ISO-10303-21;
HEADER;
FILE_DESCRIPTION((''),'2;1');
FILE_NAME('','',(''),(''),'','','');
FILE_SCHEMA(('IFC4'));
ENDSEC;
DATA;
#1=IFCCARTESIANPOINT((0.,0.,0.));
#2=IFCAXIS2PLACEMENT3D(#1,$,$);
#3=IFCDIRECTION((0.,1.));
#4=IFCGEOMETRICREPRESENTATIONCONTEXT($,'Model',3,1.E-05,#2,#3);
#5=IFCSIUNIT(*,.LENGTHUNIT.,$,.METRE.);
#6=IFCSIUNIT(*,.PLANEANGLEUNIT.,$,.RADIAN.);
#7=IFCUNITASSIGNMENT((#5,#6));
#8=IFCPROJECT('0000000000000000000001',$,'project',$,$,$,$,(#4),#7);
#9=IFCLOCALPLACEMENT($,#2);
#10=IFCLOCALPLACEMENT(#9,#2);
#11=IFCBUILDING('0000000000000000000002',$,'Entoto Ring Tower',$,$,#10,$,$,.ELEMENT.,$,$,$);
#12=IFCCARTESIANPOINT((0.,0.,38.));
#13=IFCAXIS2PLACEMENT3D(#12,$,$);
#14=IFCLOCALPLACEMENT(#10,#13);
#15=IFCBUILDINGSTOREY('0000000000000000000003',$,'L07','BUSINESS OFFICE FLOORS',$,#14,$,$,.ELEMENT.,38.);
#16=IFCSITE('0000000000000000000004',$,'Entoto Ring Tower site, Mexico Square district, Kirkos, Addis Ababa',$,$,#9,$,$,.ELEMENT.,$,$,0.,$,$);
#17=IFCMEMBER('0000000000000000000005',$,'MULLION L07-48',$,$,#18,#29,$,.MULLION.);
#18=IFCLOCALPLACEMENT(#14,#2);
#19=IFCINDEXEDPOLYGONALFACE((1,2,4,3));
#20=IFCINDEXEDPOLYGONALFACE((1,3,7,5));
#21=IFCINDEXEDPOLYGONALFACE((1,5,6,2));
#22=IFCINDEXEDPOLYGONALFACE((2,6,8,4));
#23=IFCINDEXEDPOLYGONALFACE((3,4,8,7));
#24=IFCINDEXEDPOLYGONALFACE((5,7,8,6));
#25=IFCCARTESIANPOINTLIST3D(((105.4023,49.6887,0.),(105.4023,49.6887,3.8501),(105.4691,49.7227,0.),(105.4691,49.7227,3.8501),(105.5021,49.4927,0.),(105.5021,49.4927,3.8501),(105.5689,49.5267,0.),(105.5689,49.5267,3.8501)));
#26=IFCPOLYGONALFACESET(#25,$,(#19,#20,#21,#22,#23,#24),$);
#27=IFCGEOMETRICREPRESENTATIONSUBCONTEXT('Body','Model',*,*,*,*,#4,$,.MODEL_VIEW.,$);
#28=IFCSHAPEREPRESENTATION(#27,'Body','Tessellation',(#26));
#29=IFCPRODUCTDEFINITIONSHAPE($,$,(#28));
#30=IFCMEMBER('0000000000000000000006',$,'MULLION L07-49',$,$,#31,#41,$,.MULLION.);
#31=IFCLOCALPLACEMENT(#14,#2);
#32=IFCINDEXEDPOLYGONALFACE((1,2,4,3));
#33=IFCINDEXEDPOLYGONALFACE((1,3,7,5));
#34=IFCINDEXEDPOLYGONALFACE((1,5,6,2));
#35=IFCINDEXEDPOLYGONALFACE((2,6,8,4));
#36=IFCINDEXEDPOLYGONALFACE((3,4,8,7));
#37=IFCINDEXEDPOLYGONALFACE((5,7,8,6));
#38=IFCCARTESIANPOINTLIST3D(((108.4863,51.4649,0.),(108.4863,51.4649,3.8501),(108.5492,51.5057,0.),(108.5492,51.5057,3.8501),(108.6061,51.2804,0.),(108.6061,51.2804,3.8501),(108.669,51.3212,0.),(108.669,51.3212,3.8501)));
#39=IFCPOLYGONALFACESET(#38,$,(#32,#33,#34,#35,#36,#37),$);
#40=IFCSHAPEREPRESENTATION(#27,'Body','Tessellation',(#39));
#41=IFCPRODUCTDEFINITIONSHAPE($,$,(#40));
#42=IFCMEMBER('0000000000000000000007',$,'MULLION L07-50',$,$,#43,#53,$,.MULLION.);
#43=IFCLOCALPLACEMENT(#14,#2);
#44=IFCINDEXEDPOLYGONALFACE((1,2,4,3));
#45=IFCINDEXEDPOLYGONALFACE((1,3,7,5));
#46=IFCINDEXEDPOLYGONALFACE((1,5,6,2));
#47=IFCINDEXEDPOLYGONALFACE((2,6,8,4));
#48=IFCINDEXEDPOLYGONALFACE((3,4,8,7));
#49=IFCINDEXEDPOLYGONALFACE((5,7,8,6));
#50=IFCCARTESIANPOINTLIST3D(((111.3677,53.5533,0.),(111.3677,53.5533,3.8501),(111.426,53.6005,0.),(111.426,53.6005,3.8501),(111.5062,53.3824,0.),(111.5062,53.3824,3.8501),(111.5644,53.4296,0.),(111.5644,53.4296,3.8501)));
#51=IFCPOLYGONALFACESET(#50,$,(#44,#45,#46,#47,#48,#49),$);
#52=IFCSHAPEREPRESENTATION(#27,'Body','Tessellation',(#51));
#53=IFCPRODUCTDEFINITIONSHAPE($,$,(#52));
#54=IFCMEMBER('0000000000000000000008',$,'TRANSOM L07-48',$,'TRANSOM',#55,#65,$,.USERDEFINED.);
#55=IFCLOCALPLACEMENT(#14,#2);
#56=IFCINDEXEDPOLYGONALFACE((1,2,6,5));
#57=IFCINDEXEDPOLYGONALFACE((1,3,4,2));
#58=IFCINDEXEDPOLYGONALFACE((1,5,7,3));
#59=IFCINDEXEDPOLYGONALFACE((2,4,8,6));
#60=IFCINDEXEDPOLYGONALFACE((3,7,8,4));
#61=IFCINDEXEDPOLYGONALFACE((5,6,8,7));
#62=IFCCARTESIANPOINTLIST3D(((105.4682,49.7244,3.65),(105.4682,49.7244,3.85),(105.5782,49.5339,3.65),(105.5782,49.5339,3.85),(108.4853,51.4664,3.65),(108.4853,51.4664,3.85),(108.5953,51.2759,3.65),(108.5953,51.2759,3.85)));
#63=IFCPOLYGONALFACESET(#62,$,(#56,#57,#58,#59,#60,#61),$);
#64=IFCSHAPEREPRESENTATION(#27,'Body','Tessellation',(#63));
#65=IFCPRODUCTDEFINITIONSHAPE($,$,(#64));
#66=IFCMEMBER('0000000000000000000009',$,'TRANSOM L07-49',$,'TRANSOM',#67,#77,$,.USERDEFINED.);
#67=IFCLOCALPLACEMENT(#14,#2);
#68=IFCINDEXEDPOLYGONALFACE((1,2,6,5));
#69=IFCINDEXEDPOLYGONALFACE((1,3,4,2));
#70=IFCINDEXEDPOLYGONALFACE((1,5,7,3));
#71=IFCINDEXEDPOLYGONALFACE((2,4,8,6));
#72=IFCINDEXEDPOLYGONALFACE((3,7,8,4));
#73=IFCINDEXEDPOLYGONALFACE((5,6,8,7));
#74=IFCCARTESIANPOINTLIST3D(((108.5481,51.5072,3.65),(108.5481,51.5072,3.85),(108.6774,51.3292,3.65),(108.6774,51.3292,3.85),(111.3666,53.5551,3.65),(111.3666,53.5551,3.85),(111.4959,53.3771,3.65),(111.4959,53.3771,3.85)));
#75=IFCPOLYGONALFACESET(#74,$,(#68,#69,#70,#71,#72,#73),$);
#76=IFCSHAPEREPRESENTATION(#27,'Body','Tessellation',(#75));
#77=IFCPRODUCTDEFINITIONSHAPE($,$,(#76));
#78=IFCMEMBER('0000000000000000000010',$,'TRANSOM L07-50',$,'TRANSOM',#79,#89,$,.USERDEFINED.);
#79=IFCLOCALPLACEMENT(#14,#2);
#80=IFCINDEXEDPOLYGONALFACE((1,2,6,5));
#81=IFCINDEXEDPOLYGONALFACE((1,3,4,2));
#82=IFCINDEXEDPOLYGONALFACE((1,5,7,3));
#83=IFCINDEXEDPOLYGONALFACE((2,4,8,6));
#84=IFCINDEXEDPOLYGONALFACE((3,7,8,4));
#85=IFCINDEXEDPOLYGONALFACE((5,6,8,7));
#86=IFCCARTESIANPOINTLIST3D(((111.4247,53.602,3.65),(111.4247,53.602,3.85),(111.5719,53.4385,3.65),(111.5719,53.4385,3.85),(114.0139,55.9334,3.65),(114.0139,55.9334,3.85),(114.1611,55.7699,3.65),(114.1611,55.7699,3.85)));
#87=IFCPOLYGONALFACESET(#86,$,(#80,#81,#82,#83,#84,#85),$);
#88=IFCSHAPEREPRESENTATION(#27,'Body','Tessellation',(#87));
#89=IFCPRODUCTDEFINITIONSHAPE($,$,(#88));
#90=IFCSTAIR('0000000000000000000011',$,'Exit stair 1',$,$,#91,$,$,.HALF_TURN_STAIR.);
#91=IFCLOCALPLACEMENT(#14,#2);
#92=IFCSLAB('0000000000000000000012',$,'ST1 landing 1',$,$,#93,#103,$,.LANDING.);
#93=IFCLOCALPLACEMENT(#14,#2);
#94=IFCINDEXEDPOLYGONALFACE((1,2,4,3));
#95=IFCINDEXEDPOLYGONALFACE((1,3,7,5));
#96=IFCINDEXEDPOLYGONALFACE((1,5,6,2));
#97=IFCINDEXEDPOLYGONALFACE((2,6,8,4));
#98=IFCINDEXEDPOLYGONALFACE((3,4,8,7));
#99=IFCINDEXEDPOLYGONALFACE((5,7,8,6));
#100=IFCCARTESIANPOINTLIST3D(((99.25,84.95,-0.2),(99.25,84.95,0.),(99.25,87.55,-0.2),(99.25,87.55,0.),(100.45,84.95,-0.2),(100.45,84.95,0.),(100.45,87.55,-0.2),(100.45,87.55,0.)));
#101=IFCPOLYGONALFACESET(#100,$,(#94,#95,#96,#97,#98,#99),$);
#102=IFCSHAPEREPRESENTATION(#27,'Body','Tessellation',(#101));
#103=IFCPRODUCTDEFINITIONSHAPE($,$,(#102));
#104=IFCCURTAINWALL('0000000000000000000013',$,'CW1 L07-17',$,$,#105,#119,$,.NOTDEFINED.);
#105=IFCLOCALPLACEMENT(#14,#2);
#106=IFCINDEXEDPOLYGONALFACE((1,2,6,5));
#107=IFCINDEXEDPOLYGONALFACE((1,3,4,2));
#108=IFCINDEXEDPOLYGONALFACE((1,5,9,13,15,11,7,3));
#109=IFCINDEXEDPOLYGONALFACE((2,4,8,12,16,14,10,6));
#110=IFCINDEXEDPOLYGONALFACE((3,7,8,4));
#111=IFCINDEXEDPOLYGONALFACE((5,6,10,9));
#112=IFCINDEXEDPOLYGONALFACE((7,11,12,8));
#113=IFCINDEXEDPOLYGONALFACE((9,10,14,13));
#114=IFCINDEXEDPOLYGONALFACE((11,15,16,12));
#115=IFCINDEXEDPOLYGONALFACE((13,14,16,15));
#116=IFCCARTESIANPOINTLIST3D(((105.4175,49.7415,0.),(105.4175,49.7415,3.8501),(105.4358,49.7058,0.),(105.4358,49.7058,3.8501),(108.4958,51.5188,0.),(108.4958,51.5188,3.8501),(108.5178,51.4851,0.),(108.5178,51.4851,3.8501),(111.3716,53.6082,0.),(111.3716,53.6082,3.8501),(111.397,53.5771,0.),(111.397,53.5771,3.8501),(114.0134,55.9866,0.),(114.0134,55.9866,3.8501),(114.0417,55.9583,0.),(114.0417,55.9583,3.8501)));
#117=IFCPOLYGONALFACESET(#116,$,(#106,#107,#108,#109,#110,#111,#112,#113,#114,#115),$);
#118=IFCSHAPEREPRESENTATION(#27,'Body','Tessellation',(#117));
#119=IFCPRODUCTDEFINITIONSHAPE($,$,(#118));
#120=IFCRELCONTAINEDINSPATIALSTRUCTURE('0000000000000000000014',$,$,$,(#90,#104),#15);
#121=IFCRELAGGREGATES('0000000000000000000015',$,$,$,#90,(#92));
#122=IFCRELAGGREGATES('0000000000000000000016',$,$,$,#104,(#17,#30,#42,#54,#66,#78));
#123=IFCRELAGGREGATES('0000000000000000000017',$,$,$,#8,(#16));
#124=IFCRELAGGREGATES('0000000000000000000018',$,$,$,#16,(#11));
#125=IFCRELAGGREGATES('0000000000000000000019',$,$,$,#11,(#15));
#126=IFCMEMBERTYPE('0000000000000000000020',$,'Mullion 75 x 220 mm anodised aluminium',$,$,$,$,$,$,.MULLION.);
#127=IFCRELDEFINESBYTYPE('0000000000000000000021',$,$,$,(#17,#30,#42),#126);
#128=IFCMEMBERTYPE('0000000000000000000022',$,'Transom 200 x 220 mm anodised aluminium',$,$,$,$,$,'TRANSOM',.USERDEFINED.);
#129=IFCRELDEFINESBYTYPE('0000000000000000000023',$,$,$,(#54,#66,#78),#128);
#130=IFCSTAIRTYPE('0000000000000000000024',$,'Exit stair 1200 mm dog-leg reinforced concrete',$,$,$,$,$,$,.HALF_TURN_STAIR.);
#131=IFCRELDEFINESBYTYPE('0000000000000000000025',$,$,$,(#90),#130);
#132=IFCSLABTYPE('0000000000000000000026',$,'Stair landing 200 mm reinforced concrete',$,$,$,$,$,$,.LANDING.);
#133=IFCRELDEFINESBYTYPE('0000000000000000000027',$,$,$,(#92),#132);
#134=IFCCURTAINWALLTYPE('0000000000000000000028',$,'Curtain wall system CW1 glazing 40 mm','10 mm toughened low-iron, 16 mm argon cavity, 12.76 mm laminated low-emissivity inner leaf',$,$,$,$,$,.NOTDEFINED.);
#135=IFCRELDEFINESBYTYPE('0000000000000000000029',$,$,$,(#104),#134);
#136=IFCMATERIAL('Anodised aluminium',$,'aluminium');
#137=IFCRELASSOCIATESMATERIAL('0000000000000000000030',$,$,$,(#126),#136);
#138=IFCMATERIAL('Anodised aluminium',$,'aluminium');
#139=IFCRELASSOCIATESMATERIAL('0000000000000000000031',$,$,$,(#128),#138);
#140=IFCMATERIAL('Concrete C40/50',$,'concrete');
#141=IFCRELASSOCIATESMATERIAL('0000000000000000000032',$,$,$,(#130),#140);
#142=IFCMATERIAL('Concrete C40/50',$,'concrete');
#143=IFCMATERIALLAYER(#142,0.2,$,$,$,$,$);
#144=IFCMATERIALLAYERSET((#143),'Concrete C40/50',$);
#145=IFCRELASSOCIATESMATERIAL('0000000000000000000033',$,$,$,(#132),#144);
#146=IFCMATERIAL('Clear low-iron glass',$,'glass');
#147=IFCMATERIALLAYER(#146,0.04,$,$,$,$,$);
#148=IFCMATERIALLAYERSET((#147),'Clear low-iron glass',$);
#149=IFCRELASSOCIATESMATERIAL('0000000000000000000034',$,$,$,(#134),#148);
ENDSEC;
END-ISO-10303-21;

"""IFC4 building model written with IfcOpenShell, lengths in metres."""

from ifc_helpers import new_model, si_unit, direction, frame, origin, origin_2d, place, context, subcontext, project, spatial, polyline, rectangle, outline, extrude, material, layer, layer_set, material_profile, profile_set, type_object, element, aggregate, save


model = new_model("IFC4")

# Units and contexts
model_context = context("Model", 3, precision=1e-05, world=origin(), true_north=direction((0.0, 1.0)))
body_context = subcontext(model_context, "Body", "Model", "MODEL_VIEW")
ifc_project = project(units=[si_unit("LENGTHUNIT", "METRE"), si_unit("PLANEANGLEUNIT", "RADIAN")], contexts=[model_context])

# Members
ifc_material_1 = material(Name="Anodised aluminium", Category="aluminium")
ifc_material_profile_1 = material_profile(ifc_material_1, rectangle(XDim=0.075, YDim=0.22, at=origin_2d()), Name="Mullion 75 x 220 mm anodised aluminium")
ifc_profile_set_1 = profile_set([ifc_material_profile_1], Name="Anodised aluminium")
member_type_1 = type_object("IfcMemberType", Name="Mullion 75 x 220 mm anodised aluminium", PredefinedType="MULLION", material=ifc_profile_set_1)
site_placement = place(None, origin())
building_placement = place(site_placement, origin())
storey_placement = place(building_placement, frame((0.0, 0.0, 38.0)))
member_1_placement = place(storey_placement, frame((105.4856, 49.6077, 0.0), z_axis=(0.0, 0.0, 1.0), x_axis=(0.891007, 0.45399, 0.0)))
member_1 = element("IfcMember", 1, at=member_1_placement, type_object=member_type_1, Name="MULLION L07-48", PredefinedType="MULLION", context=body_context, shape_type="SweptSolid", body=[
    extrude(rectangle(XDim=0.075, YDim=0.22, at=origin_2d()), origin(), (0.0, 0.0, 1.0), 3.8501),
])
member_2_placement = place(storey_placement, frame((108.5776, 51.3931, 0.0), z_axis=(0.0, 0.0, 1.0), x_axis=(0.838671, 0.544639, 0.0)))
member_2 = element("IfcMember", 2, at=member_2_placement, type_object=member_type_1, Name="MULLION L07-49", PredefinedType="MULLION", context=body_context, shape_type="SweptSolid", body=[
    extrude(rectangle(XDim=0.075, YDim=0.22, at=origin_2d()), origin(), (0.0, 0.0, 1.0), 3.8501),
])
member_3_placement = place(storey_placement, frame((111.4661, 53.4915, 0.0), z_axis=(0.0, 0.0, 1.0), x_axis=(0.777146, 0.62932, 0.0)))
member_3 = element("IfcMember", 3, at=member_3_placement, type_object=member_type_1, Name="MULLION L07-50", PredefinedType="MULLION", context=body_context, shape_type="SweptSolid", body=[
    extrude(rectangle(XDim=0.075, YDim=0.22, at=origin_2d()), origin(), (0.0, 0.0, 1.0), 3.8501),
])
ifc_material_2 = material(Name="Anodised aluminium", Category="aluminium")
ifc_material_profile_2 = material_profile(ifc_material_2, rectangle(XDim=0.22, YDim=0.2, at=origin_2d()), Name="Transom 200 x 220 mm anodised aluminium")
ifc_profile_set_2 = profile_set([ifc_material_profile_2], Name="Anodised aluminium")
member_type_2 = type_object("IfcMemberType", Name="Transom 200 x 220 mm anodised aluminium", ElementType="TRANSOM", PredefinedType="USERDEFINED", material=ifc_profile_set_2)
member_4_placement = place(storey_placement, frame((105.5232, 49.6292, 3.75), z_axis=(0.866022, 0.500006, 0.0), x_axis=(-0.500006, 0.866022, 0.0)))
member_4 = element("IfcMember", 4, at=member_4_placement, type_object=member_type_2, Name="TRANSOM L07-48", ObjectType="TRANSOM", PredefinedType="USERDEFINED", context=body_context, shape_type="SweptSolid", body=[
    extrude(rectangle(XDim=0.22, YDim=0.2, at=origin_2d()), origin(), (0.0, 0.0, 1.0), 3.4839),
])
member_5_placement = place(storey_placement, frame((108.6128, 51.4182, 3.75), z_axis=(0.808991, 0.587822, 0.0), x_axis=(-0.587822, 0.808991, 0.0)))
member_5 = element("IfcMember", 5, at=member_5_placement, type_object=member_type_2, Name="TRANSOM L07-49", ObjectType="TRANSOM", PredefinedType="USERDEFINED", context=body_context, shape_type="SweptSolid", body=[
    extrude(rectangle(XDim=0.22, YDim=0.2, at=origin_2d()), origin(), (0.0, 0.0, 1.0), 3.4839),
])
member_6_placement = place(storey_placement, frame((111.4983, 53.5203, 3.75), z_axis=(0.743137, 0.669139, 0.0), x_axis=(-0.669139, 0.743137, 0.0)))
member_6 = element("IfcMember", 6, at=member_6_placement, type_object=member_type_2, Name="TRANSOM L07-50", ObjectType="TRANSOM", PredefinedType="USERDEFINED", context=body_context, shape_type="SweptSolid", body=[
    extrude(rectangle(XDim=0.22, YDim=0.2, at=origin_2d()), origin(), (0.0, 0.0, 1.0), 3.4841),
])

# Site, building, storey
site = spatial("IfcSite", under=ifc_project, at=site_placement, Name="Entoto Ring Tower site, Mexico Square district, Kirkos, Addis Ababa", CompositionType="ELEMENT", RefElevation=0.0)
building = spatial("IfcBuilding", under=site, at=building_placement, Name="Entoto Ring Tower", CompositionType="ELEMENT")
storey = spatial("IfcBuildingStorey", under=building, at=storey_placement, Name="L07", Description="BUSINESS OFFICE FLOORS", CompositionType="ELEMENT", Elevation=38.0)

# Stair, slab
ifc_material_3 = material(Name="Concrete C40/50", Category="concrete")
stair_type = type_object("IfcStairType", Name="Exit stair 1200 mm dog-leg reinforced concrete", PredefinedType="HALF_TURN_STAIR", material=ifc_material_3)
stair_placement = place(storey_placement, origin())
stair = element("IfcStair", 7, at=stair_placement, inside=storey, type_object=stair_type, Name="Exit stair 1", PredefinedType="HALF_TURN_STAIR")
ifc_material_4 = material(Name="Concrete C40/50", Category="concrete")
ifc_layer_1 = layer(ifc_material_4, 0.2)
ifc_layer_set_1 = layer_set([ifc_layer_1], Name="Concrete C40/50")
slab_type = type_object("IfcSlabType", Name="Stair landing 200 mm reinforced concrete", PredefinedType="LANDING", material=ifc_layer_set_1)
slab_placement = place(storey_placement, frame((0.0, 0.0, -0.2)))
slab = element("IfcSlab", 8, at=slab_placement, type_object=slab_type, Name="ST1 landing 1", PredefinedType="LANDING", context=body_context, shape_type="SweptSolid", body=[
    extrude(outline(polyline([(100.45, 84.95), (100.45, 87.55), (99.25, 87.55), (99.25, 84.95), (100.45, 84.95)])), origin(), (0.0, 0.0, 1.0), 0.2),
])
aggregate(stair, [slab])

# Curtain wall
ifc_material_5 = material(Name="Clear low-iron glass", Category="glass")
ifc_layer_2 = layer(ifc_material_5, 0.04)
ifc_layer_set_2 = layer_set([ifc_layer_2], Name="Clear low-iron glass")
curtain_wall_type = type_object("IfcCurtainWallType", Name="Curtain wall system CW1 glazing 40 mm", Description="10 mm toughened low-iron, 16 mm argon cavity, 12.76 mm laminated low-emissivity inner leaf", PredefinedType="NOTDEFINED", material=ifc_layer_set_2)
curtain_wall_1_placement = place(storey_placement, origin())
curtain_wall_1 = element("IfcCurtainWall", 9, at=curtain_wall_1_placement, inside=storey, type_object=curtain_wall_type, Name="CW1 L07-17", PredefinedType="NOTDEFINED", context=body_context, shape_type="SweptSolid", body=[
    extrude(outline(polyline([(105.4358, 49.7058), (108.5178, 51.4851), (111.397, 53.5771), (114.0417, 55.9583), (114.0134, 55.9866), (111.3716, 53.6082), (108.4958, 51.5188), (105.4175, 49.7415), (105.4358, 49.7058)])), origin(), (0.0, 0.0, 1.0), 3.8501),
])
aggregate(curtain_wall_1, [member_1, member_2, member_3, member_4, member_5, member_6])

save(model, "model.ifc")
